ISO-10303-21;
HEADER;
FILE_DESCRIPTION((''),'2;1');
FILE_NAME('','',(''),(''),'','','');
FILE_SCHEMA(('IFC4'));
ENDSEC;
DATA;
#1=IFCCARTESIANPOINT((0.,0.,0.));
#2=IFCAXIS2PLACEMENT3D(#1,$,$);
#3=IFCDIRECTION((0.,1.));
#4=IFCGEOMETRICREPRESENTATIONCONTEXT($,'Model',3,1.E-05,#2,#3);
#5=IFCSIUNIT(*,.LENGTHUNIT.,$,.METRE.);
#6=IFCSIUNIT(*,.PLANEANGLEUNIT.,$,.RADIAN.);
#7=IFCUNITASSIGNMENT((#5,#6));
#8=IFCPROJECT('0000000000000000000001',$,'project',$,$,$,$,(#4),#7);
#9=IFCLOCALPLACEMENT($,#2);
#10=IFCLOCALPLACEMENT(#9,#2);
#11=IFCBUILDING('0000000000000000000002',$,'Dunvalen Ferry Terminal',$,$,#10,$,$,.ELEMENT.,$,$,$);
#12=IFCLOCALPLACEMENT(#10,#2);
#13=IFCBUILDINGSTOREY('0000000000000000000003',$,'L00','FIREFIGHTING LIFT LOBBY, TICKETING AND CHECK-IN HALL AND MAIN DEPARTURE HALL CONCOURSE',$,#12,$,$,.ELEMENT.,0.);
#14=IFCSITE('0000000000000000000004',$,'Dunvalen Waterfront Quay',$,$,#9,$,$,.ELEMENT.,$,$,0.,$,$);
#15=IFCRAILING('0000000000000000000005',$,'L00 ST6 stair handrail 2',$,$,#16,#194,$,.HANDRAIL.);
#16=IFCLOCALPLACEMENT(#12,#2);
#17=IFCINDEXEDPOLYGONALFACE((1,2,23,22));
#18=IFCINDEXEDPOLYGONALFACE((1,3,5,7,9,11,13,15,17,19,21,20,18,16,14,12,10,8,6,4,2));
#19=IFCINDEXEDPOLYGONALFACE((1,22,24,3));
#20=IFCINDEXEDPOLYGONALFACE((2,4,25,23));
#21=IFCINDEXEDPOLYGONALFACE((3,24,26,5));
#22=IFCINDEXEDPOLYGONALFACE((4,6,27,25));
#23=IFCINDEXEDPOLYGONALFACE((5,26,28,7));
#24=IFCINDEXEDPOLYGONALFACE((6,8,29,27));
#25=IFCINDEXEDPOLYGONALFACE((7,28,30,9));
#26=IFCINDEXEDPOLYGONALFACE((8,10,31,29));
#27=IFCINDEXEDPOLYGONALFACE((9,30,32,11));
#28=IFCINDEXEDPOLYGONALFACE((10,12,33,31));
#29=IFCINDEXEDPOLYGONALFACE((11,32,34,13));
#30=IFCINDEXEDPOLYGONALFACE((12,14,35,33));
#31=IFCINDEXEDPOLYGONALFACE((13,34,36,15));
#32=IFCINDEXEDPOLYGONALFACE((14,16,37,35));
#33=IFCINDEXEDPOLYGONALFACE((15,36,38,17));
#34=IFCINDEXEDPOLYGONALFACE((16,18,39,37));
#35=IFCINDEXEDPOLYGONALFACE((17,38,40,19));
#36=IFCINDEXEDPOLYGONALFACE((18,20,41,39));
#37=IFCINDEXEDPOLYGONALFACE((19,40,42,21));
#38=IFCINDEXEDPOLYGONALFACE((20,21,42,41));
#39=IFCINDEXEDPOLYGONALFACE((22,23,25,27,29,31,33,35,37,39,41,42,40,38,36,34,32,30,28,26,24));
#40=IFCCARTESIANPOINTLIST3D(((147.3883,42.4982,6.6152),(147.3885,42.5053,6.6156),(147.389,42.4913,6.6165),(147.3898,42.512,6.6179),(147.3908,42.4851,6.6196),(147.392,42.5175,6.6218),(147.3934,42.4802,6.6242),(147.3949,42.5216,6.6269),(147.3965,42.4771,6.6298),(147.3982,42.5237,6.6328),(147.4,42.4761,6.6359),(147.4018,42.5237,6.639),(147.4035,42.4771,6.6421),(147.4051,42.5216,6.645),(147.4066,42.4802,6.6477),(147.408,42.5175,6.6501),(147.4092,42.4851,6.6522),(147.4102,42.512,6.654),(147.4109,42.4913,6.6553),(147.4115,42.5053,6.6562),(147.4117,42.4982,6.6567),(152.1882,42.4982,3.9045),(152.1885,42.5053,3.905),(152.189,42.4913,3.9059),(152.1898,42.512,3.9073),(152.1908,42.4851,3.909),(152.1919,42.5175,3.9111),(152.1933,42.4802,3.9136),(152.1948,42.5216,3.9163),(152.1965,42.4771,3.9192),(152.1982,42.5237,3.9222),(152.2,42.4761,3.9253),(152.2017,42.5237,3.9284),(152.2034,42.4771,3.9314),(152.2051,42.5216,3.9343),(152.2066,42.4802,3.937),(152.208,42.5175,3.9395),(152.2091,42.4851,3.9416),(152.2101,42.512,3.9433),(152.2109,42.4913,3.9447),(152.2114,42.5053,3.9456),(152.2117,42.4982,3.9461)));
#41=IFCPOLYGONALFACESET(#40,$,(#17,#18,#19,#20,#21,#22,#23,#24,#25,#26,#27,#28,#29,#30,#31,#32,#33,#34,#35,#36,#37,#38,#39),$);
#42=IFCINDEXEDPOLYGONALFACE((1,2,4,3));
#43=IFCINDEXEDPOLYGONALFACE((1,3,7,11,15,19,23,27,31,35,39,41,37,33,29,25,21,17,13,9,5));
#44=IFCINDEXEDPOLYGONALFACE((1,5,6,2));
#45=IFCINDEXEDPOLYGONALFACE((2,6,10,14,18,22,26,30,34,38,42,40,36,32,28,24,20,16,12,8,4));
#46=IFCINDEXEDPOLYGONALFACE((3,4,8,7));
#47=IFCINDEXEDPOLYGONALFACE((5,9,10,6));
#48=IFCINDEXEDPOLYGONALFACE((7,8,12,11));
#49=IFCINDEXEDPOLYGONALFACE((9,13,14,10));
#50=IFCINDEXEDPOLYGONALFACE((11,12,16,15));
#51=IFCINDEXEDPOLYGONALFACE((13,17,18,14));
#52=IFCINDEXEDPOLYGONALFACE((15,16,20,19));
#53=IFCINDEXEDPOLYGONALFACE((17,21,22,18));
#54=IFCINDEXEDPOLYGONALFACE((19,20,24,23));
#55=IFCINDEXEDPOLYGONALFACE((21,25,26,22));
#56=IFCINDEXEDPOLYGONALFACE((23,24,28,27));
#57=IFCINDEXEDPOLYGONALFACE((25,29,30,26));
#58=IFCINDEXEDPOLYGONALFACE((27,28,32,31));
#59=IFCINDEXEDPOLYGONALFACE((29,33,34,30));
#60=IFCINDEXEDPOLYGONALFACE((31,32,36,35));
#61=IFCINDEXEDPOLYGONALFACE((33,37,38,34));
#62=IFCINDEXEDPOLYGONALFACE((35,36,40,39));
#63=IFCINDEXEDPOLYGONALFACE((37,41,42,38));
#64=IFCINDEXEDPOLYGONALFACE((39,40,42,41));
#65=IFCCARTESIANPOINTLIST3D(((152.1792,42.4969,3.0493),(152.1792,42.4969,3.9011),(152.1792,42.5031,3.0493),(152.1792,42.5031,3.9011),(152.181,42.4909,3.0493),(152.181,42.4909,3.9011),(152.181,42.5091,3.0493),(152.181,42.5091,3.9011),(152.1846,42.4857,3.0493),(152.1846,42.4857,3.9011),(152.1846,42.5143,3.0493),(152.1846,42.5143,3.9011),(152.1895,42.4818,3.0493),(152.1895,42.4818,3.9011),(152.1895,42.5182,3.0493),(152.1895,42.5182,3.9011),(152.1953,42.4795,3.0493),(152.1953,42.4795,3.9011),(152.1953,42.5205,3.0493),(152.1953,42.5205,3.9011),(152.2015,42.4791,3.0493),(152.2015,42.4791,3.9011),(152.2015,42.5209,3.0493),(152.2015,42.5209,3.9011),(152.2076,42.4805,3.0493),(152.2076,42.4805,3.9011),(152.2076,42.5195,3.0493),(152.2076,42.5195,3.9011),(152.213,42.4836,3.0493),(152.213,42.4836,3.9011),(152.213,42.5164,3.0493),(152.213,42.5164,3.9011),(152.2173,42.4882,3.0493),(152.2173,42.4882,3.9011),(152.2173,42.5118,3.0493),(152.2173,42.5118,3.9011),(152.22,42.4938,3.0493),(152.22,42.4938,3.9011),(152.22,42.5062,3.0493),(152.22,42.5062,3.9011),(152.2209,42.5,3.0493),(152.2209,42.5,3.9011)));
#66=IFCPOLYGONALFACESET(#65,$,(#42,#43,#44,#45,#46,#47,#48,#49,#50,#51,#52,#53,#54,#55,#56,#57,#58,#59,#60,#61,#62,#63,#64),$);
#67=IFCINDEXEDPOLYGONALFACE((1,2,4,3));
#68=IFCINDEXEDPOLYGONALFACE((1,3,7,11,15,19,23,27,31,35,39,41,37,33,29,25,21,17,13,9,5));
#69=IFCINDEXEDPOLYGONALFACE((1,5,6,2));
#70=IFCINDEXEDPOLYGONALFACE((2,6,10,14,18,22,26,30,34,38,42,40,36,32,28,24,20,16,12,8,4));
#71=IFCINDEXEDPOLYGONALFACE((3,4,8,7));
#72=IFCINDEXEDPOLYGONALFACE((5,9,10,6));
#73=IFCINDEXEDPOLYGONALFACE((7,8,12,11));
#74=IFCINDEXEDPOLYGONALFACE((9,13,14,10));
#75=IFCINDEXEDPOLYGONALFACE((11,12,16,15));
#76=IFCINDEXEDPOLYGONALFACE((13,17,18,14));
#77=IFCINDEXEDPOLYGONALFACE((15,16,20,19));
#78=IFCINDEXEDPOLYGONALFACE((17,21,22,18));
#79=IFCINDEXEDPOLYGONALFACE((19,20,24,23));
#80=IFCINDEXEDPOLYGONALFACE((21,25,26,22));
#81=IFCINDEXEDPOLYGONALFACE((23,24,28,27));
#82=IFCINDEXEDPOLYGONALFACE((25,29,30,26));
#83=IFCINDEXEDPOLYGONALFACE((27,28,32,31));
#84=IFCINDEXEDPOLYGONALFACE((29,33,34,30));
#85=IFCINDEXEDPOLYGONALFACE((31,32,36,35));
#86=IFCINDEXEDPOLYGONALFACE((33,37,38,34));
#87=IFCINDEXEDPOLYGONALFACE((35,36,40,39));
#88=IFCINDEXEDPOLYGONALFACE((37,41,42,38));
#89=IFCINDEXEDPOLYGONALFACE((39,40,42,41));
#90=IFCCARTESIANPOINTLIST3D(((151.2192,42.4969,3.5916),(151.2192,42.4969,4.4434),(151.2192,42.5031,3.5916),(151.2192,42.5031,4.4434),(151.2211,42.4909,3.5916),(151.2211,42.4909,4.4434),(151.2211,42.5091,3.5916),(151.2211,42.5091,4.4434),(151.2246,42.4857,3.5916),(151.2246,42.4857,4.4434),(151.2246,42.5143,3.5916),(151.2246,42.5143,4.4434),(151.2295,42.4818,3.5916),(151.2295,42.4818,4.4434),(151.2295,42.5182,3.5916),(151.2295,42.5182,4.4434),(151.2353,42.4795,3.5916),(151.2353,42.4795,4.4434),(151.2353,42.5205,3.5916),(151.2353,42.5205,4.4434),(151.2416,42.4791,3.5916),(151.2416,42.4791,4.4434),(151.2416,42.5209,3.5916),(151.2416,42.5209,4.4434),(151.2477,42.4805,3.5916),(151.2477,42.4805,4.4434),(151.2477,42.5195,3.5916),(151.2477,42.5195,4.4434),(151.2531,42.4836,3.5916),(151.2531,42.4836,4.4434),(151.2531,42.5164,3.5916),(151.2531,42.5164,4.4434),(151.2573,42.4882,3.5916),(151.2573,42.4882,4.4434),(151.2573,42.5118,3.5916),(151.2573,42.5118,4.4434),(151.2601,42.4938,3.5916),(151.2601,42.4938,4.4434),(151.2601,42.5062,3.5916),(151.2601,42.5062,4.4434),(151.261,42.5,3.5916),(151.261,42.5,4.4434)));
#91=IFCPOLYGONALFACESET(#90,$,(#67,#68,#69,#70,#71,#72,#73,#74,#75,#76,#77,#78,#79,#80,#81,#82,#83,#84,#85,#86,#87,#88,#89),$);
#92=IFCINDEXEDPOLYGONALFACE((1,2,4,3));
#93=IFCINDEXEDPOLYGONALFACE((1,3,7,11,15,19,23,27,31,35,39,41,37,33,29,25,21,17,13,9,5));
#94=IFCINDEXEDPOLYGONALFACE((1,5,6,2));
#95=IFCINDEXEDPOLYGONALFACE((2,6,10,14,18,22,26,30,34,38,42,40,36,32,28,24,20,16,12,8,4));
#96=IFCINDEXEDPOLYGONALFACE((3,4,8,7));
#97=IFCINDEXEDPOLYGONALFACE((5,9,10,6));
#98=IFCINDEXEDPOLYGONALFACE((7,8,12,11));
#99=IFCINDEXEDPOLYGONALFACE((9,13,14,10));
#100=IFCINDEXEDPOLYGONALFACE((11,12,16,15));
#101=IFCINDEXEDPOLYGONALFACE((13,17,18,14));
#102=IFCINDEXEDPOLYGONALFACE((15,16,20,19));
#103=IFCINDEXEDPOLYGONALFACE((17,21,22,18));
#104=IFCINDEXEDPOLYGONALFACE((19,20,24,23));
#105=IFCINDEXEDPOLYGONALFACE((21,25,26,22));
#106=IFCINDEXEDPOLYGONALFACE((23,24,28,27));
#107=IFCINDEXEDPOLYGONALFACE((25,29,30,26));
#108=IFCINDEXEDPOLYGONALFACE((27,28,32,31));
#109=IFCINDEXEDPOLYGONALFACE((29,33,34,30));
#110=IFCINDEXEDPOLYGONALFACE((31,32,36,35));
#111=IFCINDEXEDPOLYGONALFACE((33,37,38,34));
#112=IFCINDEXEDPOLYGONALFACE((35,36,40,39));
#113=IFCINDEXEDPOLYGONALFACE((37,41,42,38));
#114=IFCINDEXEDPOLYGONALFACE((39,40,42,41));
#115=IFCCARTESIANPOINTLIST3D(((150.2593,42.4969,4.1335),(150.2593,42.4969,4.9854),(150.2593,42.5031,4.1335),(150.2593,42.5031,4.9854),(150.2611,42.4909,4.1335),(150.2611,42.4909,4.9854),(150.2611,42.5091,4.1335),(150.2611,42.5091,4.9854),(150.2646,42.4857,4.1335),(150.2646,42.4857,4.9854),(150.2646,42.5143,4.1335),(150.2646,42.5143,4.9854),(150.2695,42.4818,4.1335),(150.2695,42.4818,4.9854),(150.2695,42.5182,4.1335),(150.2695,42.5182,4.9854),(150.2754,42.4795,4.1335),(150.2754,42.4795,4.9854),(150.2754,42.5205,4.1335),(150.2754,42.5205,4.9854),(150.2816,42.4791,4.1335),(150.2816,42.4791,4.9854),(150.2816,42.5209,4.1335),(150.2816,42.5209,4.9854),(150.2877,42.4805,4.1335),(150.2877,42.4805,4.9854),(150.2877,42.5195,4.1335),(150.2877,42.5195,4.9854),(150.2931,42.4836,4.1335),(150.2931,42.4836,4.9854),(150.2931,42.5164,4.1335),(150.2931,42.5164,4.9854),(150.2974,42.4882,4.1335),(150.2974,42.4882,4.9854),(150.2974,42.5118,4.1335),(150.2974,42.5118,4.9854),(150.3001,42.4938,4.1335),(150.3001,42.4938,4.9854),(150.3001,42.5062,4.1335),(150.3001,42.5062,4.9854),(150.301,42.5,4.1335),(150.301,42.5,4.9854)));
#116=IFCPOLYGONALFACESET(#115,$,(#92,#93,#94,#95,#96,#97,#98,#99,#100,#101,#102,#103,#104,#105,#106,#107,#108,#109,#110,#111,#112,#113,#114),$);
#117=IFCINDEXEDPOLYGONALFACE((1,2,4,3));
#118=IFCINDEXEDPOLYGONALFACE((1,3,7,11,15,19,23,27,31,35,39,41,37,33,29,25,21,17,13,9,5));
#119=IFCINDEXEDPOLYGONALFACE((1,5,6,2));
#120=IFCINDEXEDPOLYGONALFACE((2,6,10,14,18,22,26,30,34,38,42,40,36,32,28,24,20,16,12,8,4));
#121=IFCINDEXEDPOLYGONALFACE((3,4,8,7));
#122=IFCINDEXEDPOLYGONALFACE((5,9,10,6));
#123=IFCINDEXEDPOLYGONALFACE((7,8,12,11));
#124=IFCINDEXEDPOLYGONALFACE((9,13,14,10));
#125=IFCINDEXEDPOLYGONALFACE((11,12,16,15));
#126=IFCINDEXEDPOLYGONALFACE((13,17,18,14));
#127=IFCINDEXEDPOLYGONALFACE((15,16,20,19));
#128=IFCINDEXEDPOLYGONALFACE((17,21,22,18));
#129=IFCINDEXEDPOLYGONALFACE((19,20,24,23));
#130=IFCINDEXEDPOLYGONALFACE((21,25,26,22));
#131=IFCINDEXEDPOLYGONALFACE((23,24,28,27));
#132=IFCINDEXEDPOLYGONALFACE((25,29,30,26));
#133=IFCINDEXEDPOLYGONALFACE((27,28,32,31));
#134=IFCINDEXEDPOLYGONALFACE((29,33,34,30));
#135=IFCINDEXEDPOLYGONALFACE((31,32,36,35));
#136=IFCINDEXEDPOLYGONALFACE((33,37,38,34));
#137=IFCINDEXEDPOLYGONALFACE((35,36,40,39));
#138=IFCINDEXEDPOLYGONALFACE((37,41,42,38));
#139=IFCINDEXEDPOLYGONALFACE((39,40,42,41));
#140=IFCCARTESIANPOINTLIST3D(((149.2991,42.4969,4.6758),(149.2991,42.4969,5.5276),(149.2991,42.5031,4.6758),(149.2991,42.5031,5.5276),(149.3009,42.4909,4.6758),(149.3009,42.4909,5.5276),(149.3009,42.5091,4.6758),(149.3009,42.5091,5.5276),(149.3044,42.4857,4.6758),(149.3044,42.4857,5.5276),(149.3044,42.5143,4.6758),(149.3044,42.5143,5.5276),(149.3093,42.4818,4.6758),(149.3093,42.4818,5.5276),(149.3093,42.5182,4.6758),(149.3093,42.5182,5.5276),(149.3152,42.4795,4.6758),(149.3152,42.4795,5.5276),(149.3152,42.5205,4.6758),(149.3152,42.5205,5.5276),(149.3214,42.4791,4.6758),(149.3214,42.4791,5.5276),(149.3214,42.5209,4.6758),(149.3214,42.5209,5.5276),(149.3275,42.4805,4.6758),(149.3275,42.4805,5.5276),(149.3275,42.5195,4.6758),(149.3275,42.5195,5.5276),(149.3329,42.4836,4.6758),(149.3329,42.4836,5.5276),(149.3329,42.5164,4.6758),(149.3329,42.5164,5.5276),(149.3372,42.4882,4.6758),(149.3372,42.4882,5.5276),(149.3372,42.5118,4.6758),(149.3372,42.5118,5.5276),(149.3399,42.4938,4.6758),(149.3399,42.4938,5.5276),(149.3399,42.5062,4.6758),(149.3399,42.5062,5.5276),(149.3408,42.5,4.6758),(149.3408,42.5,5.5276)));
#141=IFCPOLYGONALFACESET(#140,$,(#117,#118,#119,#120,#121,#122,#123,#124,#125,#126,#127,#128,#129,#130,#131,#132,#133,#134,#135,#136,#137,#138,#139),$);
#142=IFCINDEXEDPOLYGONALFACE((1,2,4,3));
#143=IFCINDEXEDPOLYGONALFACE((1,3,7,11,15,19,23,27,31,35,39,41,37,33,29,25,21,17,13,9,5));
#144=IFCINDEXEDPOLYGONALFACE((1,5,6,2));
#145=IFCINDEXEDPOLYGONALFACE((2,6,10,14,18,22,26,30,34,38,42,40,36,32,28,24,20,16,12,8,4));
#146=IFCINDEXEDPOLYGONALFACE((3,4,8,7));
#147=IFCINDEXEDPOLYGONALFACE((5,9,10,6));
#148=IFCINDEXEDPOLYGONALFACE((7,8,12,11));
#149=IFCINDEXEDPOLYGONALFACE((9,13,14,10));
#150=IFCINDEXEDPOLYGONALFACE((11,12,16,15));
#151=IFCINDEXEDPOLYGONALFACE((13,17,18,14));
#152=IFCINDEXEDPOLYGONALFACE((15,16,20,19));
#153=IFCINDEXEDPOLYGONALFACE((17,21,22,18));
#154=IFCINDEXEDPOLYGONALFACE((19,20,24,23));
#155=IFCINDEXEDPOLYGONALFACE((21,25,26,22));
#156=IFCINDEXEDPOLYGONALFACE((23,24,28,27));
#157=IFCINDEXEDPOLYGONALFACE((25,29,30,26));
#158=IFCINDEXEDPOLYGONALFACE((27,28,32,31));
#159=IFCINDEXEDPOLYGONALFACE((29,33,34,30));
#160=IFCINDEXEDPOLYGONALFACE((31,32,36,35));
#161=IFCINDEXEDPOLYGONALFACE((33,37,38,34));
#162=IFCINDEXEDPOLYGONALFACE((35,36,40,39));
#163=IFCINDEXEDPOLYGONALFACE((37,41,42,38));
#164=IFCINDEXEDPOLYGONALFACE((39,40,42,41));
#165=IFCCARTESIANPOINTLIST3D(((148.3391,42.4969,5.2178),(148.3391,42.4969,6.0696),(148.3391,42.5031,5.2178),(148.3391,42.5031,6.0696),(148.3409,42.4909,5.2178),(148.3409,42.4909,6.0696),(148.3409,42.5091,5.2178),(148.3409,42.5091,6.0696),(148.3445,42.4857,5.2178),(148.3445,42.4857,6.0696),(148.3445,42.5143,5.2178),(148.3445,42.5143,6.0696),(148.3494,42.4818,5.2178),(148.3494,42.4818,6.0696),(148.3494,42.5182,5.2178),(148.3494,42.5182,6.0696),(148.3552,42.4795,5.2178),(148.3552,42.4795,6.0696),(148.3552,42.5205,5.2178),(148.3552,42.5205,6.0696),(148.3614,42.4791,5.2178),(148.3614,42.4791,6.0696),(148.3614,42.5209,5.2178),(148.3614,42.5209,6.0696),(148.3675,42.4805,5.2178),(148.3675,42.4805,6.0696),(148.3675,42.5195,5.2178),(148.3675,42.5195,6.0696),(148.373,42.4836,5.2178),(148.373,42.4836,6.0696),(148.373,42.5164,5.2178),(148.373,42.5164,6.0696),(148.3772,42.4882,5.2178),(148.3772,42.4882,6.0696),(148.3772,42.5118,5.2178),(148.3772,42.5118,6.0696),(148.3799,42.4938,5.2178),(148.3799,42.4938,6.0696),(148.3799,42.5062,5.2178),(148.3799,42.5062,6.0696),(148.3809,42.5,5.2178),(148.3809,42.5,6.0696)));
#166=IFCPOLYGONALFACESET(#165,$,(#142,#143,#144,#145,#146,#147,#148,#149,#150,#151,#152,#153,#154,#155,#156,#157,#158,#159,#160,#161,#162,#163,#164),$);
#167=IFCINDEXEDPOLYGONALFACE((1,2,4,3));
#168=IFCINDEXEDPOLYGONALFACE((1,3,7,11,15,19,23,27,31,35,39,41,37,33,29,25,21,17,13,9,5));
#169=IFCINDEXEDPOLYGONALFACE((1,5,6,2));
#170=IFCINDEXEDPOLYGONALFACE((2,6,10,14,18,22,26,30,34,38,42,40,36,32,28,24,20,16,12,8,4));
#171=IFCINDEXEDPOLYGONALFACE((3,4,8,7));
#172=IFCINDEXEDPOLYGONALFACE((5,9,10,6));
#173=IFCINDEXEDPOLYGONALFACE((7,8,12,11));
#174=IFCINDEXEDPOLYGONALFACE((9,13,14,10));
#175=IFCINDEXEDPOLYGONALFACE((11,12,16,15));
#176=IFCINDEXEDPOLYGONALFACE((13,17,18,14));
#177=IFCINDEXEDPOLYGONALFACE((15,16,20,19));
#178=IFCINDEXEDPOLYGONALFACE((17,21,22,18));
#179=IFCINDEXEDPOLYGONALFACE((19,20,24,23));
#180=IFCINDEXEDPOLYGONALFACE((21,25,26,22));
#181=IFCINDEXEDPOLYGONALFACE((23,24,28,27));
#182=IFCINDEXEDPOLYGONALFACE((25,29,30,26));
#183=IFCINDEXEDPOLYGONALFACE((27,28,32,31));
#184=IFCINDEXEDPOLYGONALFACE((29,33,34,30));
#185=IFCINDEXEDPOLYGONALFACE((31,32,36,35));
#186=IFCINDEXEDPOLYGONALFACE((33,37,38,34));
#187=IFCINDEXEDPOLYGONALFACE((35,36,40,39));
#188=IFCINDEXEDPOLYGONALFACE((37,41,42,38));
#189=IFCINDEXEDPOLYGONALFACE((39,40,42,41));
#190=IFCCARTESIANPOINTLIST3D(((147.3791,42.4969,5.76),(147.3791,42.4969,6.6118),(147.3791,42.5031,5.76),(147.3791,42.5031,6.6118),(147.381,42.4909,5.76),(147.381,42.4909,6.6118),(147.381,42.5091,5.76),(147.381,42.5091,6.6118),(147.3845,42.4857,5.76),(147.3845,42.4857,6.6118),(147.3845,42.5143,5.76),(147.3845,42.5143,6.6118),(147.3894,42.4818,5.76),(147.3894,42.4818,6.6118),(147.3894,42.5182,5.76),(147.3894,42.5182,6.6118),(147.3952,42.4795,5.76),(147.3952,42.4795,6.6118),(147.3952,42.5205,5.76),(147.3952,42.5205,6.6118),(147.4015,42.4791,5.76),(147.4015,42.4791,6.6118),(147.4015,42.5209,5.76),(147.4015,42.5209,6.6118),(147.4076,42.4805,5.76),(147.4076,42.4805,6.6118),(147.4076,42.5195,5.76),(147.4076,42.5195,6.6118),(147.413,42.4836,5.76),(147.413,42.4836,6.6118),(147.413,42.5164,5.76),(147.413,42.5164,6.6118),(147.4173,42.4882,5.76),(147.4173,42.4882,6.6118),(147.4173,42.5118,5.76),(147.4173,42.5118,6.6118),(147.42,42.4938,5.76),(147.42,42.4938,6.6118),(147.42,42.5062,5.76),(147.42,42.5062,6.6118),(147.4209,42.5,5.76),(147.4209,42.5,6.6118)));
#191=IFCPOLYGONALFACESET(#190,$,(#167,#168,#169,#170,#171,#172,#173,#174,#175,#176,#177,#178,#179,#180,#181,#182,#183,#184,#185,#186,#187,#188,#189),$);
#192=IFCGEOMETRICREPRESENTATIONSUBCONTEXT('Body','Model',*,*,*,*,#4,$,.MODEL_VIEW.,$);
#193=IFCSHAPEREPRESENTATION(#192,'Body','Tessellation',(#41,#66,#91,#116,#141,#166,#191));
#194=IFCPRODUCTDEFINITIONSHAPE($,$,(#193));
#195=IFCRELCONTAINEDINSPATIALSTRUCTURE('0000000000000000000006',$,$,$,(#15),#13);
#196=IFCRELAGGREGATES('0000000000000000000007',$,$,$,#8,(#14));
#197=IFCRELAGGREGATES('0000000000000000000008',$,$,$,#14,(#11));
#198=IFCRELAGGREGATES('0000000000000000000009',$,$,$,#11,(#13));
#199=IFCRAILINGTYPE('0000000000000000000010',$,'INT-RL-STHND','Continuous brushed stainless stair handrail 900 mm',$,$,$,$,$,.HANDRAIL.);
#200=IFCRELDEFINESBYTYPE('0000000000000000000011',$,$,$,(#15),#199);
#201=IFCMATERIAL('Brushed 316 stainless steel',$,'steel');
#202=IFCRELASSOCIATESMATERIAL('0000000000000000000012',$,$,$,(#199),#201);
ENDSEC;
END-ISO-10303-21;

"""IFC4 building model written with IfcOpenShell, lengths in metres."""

from ifc_helpers import new_model, si_unit, direction, frame, origin, origin_2d, place, context, subcontext, project, spatial, circle, extrude, material, type_object, element, save


model = new_model("IFC4")

# Units and contexts
model_context = context("Model", 3, precision=1e-05, world=origin(), true_north=direction((0.0, 1.0)))
body_context = subcontext(model_context, "Body", "Model", "MODEL_VIEW")
ifc_project = project(units=[si_unit("LENGTHUNIT", "METRE"), si_unit("PLANEANGLEUNIT", "RADIAN")], contexts=[model_context])

# Site, building, storey
site_placement = place(None, origin())
site = spatial("IfcSite", under=ifc_project, at=site_placement, Name="Dunvalen Waterfront Quay", CompositionType="ELEMENT", RefElevation=0.0)
building_placement = place(site_placement, origin())
building = spatial("IfcBuilding", under=site, at=building_placement, Name="Dunvalen Ferry Terminal", CompositionType="ELEMENT")
storey_placement = place(building_placement, origin())
storey = spatial("IfcBuildingStorey", under=building, at=storey_placement, Name="L00", Description="FIREFIGHTING LIFT LOBBY, TICKETING AND CHECK-IN HALL AND MAIN DEPARTURE HALL CONCOURSE", CompositionType="ELEMENT", Elevation=0.0)

# Railing
ifc_material_1 = material(Name="Brushed 316 stainless steel", Category="steel")
railing_type = type_object("IfcRailingType", Name="INT-RL-STHND", Description="Continuous brushed stainless stair handrail 900 mm", PredefinedType="HANDRAIL", material=ifc_material_1)
railing_placement = place(storey_placement, frame((152.2, 42.5, 3.0493)))
element("IfcRailing", 1, at=railing_placement, inside=storey, type_object=railing_type, Name="L00 ST6 stair handrail 2", PredefinedType="HANDRAIL", context=body_context, shape_type="SweptSolid", body=[
    extrude(circle(Radius=0.0239, at=origin_2d()), frame((0.0, 0.0, 0.876), z_axis=(-0.870748, 0.0, 0.49173), x_axis=(0.0, -1.0, 0.0)), (0.0, 0.0, 1.0), 5.5125),
    extrude(circle(Radius=0.021, at=origin_2d()), origin(), (0.0, 0.0, 1.0), 0.8518),
    extrude(circle(Radius=0.021, at=origin_2d()), frame((-0.96, 0.0, 0.5422)), (0.0, 0.0, 1.0), 0.8518),
    extrude(circle(Radius=0.021, at=origin_2d()), frame((-1.9199, 0.0, 1.0842)), (0.0, 0.0, 1.0), 0.8518),
    extrude(circle(Radius=0.021, at=origin_2d()), frame((-2.8801, 0.0, 1.6265)), (0.0, 0.0, 1.0), 0.8518),
    extrude(circle(Radius=0.021, at=origin_2d()), frame((-3.8401, 0.0, 2.1685)), (0.0, 0.0, 1.0), 0.8518),
    extrude(circle(Radius=0.021, at=origin_2d()), frame((-4.8, 0.0, 2.7107)), (0.0, 0.0, 1.0), 0.8518),
])

save(model, "model.ifc")
